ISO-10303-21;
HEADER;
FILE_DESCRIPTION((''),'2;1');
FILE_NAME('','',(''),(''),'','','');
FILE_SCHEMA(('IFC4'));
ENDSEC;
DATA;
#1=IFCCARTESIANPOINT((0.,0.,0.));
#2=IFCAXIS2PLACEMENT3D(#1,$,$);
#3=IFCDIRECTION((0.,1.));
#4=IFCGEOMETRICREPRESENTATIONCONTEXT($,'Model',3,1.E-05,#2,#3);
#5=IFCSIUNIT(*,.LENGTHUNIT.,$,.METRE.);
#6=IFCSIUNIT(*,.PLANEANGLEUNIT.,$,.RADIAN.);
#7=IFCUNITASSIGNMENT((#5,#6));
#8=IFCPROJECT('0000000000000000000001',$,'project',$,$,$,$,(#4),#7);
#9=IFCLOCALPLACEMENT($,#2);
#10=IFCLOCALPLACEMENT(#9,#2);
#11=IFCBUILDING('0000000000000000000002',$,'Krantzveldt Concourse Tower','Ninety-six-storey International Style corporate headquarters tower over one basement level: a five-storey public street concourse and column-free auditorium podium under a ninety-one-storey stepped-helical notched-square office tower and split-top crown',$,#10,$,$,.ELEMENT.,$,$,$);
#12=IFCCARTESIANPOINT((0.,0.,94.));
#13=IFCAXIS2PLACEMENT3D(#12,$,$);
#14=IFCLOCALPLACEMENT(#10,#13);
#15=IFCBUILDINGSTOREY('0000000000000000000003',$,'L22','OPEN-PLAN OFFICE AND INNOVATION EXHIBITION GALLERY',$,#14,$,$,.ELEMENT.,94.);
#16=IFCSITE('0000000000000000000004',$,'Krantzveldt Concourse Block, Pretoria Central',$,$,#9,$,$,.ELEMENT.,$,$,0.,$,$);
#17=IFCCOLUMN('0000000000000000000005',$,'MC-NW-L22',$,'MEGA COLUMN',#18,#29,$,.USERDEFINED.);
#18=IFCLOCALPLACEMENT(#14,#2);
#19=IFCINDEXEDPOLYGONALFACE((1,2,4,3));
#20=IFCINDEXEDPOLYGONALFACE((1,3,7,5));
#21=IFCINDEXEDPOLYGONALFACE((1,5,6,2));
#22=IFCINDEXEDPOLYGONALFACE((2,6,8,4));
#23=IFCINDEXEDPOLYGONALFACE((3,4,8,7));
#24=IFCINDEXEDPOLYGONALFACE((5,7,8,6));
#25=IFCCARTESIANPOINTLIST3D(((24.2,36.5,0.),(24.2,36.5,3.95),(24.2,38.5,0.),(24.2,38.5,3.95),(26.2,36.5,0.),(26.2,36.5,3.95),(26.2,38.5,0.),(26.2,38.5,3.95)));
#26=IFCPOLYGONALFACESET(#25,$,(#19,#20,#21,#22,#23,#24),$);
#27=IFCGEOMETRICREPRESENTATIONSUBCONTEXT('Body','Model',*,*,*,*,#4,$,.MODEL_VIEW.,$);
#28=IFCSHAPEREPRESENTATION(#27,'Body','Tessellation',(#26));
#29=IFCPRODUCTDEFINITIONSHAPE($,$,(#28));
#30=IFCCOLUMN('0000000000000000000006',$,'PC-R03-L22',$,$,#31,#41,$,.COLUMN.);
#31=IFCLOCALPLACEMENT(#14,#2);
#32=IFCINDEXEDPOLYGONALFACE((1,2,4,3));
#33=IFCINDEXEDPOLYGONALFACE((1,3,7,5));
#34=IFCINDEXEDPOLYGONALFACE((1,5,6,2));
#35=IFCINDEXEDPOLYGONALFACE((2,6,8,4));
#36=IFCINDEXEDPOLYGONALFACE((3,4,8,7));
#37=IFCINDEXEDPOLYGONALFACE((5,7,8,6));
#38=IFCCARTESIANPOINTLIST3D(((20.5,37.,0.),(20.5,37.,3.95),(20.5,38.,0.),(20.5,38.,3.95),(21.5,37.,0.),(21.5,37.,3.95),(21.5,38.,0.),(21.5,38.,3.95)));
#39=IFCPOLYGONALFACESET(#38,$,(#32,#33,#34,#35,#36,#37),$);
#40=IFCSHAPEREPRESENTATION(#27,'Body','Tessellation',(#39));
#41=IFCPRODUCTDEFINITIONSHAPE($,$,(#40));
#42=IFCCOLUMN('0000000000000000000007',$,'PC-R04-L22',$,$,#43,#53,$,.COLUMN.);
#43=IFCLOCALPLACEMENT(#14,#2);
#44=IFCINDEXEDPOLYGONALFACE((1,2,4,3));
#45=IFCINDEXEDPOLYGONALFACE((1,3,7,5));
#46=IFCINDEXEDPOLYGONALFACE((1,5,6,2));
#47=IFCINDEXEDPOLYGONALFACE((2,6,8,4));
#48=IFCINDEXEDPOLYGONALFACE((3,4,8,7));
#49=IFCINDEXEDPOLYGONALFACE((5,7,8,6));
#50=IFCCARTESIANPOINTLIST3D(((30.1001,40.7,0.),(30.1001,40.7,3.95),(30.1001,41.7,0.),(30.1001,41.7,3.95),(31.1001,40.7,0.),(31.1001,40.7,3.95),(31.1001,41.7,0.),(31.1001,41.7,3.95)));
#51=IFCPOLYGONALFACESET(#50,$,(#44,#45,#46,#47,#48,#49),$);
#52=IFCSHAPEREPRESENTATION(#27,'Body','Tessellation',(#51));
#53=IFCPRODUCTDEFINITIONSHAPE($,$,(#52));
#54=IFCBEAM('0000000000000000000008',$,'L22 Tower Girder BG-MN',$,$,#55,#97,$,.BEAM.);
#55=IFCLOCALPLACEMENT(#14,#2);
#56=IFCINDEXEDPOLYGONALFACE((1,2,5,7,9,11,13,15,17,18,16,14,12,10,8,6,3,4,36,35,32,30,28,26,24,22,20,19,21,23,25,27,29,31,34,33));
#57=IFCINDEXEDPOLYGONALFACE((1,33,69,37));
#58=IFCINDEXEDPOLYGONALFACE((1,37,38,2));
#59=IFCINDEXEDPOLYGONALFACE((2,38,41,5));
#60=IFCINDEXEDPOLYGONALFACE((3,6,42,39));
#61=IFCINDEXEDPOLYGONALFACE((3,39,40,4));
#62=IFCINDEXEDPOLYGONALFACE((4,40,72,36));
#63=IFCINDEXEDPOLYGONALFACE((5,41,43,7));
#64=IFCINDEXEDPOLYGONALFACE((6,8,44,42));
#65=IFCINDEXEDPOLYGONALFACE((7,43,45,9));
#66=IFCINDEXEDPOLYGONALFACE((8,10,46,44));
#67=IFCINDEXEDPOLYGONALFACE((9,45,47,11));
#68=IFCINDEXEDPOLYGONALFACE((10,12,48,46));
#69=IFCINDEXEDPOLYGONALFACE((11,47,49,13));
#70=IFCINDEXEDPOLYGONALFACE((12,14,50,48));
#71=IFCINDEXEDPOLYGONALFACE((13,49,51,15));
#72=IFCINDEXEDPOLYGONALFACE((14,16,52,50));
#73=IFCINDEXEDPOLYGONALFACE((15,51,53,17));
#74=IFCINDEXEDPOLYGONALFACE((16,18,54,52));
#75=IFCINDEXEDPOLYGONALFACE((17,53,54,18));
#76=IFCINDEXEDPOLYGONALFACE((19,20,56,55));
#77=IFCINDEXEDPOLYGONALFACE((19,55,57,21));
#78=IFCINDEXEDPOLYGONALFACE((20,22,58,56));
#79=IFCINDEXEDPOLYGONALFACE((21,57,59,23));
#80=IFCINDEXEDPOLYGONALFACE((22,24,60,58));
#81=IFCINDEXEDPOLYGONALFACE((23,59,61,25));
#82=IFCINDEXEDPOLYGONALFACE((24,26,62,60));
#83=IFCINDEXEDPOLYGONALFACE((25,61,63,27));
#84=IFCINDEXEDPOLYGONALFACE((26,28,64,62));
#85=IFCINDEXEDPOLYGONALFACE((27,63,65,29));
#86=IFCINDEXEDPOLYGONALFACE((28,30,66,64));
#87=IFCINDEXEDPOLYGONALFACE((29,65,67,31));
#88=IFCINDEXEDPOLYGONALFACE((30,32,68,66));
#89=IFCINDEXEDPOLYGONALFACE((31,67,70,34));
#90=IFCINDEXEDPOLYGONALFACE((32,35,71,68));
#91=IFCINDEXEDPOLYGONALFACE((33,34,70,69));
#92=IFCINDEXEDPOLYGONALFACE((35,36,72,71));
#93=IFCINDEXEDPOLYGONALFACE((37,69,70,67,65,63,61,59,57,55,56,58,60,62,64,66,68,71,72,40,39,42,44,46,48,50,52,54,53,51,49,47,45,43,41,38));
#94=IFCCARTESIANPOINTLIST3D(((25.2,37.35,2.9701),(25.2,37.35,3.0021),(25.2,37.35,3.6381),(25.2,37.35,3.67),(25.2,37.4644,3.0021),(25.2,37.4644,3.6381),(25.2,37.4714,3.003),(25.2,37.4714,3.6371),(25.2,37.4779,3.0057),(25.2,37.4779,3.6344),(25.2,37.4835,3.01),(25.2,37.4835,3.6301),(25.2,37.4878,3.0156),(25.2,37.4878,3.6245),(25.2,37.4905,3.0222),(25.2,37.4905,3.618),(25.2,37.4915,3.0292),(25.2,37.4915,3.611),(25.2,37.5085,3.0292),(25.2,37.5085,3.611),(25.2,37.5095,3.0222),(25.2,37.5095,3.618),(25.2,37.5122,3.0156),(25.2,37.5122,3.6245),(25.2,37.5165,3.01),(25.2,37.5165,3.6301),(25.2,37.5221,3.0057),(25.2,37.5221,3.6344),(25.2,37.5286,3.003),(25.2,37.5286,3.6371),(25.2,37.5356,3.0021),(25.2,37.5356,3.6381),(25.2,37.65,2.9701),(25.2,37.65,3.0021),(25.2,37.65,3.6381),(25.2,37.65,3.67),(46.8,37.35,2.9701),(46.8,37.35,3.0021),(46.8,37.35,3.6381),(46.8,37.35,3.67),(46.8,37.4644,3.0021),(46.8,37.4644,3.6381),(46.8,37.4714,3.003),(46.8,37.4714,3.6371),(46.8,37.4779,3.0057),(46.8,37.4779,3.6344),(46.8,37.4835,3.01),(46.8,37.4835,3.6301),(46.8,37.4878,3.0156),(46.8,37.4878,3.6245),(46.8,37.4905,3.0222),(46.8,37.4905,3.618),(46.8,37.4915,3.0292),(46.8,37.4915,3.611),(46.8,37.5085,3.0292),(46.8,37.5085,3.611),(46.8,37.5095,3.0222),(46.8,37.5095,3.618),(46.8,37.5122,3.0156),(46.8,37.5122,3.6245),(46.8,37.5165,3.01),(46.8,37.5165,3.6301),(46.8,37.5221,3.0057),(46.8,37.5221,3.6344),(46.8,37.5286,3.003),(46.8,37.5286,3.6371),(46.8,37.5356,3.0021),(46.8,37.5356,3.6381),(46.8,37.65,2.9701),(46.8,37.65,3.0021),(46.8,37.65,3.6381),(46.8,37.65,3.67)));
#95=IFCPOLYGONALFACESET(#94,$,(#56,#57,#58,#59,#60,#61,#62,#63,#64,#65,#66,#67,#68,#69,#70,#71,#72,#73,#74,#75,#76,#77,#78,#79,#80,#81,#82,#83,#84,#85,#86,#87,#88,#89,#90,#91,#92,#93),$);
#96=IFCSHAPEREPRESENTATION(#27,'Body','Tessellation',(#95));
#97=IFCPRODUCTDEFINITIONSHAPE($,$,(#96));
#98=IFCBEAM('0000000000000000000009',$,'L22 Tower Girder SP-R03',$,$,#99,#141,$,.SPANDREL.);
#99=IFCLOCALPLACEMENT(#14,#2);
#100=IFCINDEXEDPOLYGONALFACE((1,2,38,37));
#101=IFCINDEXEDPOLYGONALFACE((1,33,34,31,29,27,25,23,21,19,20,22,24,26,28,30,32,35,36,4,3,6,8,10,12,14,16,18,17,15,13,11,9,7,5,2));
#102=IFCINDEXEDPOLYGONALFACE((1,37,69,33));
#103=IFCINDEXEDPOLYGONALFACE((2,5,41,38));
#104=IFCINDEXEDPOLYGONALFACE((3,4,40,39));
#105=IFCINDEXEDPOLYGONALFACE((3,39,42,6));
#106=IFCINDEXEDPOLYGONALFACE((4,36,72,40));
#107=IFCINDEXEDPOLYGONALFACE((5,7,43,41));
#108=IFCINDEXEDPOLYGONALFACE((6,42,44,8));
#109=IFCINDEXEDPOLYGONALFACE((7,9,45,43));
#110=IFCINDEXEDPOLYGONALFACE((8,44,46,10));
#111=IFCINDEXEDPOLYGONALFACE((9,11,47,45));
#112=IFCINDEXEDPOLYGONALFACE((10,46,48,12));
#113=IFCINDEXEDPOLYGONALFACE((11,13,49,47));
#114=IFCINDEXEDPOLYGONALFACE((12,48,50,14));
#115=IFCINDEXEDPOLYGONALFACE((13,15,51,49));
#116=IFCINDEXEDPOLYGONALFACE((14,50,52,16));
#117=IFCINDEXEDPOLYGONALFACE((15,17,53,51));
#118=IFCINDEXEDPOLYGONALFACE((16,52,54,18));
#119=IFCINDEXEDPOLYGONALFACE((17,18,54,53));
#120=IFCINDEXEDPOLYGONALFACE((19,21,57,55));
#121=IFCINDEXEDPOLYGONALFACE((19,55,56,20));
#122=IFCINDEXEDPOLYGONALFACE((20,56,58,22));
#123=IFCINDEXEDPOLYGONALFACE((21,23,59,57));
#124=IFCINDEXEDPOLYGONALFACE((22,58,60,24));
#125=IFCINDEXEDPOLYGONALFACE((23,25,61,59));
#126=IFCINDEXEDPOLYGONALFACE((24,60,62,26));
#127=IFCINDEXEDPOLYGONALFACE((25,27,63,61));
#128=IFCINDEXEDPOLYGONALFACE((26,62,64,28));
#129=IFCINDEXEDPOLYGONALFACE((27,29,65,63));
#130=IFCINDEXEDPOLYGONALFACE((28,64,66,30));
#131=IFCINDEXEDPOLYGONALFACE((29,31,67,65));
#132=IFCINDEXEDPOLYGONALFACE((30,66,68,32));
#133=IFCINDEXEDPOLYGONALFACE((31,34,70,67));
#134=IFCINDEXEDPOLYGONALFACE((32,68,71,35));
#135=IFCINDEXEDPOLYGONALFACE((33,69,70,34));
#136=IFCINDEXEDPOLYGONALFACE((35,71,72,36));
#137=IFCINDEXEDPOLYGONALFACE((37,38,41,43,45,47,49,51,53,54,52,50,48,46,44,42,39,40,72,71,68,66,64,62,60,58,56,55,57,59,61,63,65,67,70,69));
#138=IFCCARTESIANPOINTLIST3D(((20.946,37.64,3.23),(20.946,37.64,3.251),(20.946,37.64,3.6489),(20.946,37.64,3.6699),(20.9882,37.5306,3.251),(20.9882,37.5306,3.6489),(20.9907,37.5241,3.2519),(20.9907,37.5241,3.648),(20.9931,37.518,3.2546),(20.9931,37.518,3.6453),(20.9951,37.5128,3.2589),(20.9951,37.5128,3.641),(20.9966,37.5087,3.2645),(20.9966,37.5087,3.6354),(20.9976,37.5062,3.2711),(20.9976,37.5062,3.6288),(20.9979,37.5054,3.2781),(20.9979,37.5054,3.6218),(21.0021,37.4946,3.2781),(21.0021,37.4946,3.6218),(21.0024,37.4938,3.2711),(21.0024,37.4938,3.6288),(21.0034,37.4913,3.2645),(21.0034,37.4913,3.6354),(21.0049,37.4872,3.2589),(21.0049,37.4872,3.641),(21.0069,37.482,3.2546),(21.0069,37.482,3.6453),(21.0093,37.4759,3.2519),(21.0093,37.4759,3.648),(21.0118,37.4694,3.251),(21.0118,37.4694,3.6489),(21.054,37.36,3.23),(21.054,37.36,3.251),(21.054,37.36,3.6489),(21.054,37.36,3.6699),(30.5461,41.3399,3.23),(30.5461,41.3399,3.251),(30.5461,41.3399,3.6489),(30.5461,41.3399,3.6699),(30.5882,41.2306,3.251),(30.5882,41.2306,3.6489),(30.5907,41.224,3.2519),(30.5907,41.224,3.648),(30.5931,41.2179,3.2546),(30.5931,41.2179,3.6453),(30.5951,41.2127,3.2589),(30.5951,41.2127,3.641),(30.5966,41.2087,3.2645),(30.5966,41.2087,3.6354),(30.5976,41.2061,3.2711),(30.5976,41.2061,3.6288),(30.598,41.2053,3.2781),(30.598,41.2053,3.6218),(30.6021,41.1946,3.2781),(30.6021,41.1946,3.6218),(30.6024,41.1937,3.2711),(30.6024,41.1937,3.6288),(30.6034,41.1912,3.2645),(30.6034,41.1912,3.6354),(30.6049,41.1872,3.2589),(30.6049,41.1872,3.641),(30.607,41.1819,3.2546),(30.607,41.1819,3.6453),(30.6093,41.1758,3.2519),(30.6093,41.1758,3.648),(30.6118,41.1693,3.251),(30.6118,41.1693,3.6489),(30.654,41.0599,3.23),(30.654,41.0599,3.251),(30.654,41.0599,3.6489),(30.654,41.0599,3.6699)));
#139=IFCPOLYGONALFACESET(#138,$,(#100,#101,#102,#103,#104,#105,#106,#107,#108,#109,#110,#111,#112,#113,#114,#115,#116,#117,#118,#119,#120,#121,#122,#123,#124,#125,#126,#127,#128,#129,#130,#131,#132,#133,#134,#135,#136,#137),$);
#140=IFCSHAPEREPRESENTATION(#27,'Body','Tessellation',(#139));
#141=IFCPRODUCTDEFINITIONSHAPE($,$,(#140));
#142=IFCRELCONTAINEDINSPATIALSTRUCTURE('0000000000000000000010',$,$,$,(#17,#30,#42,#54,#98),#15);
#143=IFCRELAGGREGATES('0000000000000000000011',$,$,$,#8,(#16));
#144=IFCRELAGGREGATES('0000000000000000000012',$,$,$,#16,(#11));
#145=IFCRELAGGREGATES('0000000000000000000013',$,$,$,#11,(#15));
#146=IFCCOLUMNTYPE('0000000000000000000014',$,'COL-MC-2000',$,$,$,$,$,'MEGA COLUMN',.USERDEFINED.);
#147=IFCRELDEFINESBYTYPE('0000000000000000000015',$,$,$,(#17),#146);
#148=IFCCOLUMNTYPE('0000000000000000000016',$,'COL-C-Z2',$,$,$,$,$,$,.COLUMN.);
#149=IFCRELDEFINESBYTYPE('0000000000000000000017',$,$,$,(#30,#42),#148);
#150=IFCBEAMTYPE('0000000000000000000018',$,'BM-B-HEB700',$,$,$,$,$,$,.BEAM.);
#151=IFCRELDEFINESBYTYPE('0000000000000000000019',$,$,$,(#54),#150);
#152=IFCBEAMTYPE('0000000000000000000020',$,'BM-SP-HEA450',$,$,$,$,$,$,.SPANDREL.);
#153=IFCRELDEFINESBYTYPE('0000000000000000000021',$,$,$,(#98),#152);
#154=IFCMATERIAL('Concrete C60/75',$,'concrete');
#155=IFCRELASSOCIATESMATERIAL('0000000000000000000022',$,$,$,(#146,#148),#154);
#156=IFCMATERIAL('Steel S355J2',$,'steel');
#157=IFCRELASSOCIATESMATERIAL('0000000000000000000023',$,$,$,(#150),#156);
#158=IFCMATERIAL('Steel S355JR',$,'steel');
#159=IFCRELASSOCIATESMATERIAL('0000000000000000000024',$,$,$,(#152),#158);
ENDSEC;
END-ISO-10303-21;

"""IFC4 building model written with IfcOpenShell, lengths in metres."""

from ifc_helpers import new_model, si_unit, direction, frame, origin, origin_2d, place, context, subcontext, project, spatial, rectangle, i_section, extrude, source, transform, mapped, material, material_profile, profile_set, type_object, type_shapes, element, save


model = new_model("IFC4")

# Units and contexts
model_context = context("Model", 3, precision=1e-05, world=origin(), true_north=direction((0.0, 1.0)))
body_context = subcontext(model_context, "Body", "Model", "MODEL_VIEW")
ifc_project = project(units=[si_unit("LENGTHUNIT", "METRE"), si_unit("PLANEANGLEUNIT", "RADIAN")], contexts=[model_context])

# Site, building, storey
site_placement = place(None, origin())
site = spatial("IfcSite", under=ifc_project, at=site_placement, Name="Krantzveldt Concourse Block, Pretoria Central", CompositionType="ELEMENT", RefElevation=0.0)
building_placement = place(site_placement, origin())
building = spatial("IfcBuilding", under=site, at=building_placement, Name="Krantzveldt Concourse Tower", Description="Ninety-six-storey International Style corporate headquarters tower over one basement level: a five-storey public street concourse and column-free auditorium podium under a ninety-one-storey stepped-helical notched-square office tower and split-top crown", CompositionType="ELEMENT")
storey_placement = place(building_placement, frame((0.0, 0.0, 94.0)))
storey = spatial("IfcBuildingStorey", under=building, at=storey_placement, Name="L22", Description="OPEN-PLAN OFFICE AND INNOVATION EXHIBITION GALLERY", CompositionType="ELEMENT", Elevation=94.0)

# Columns
ifc_material_1 = material(Name="Concrete C60/75", Category="concrete")
ifc_material_profile_1 = material_profile(ifc_material_1, rectangle(XDim=2.0, YDim=2.0, at=origin_2d()), Name="Concrete C60/75", Category="concrete")
ifc_profile_set_1 = profile_set([ifc_material_profile_1], Name="Concrete C60/75 - RC 2000x2000")
column_type_1 = type_object("IfcColumnType", Name="COL-MC-2000", ElementType="MEGA COLUMN", PredefinedType="USERDEFINED", material=ifc_profile_set_1)
shared_shape_1 = source(origin(), body_context, "Body", "SweptSolid", [
    extrude(rectangle(XDim=2.0, YDim=2.0, at=origin_2d()), origin(), (0.0, 0.0, 1.0), 3.95),
])
type_shapes(column_type_1, [shared_shape_1])
column_placement = place(storey_placement, frame((25.2, 37.5, 0.0), z_axis=(0.0, 0.0, 1.0), x_axis=(1.0, 0.0, 0.0)))
element("IfcColumn", 1, at=column_placement, inside=storey, type_object=column_type_1, Name="MC-NW-L22", ObjectType="MEGA COLUMN", PredefinedType="USERDEFINED", context=body_context, shape_type="MappedRepresentation", body=[
    mapped(shared_shape_1, transform((0.0, 0.0, 0.0), x_axis=(1.0, 0.0, 0.0), y_axis=(0.0, 1.0, 0.0), z_axis=(0.0, 0.0, 1.0), scale=1.0)),
])
ifc_material_profile_2 = material_profile(ifc_material_1, rectangle(XDim=1.0, YDim=1.0, at=origin_2d()), Name="Concrete C60/75", Category="concrete")
ifc_profile_set_2 = profile_set([ifc_material_profile_2], Name="Concrete C60/75 - RC 1000x1000")
column_type_2 = type_object("IfcColumnType", Name="COL-C-Z2", PredefinedType="COLUMN", material=ifc_profile_set_2)
shared_shape_2 = source(origin(), body_context, "Body", "SweptSolid", [
    extrude(rectangle(XDim=1.0, YDim=1.0, at=origin_2d()), origin(), (0.0, 0.0, 1.0), 3.95),
])
type_shapes(column_type_2, [shared_shape_2])
for number, where, z_axis, x_axis, name in (
    (2, (21.0, 37.5, 0.0), (0.0, 0.0, 1.0), (1.0, 0.0, 0.0), "PC-R03-L22"),
    (3, (30.6001, 41.2, 0.0), (0.0, 0.0, 1.0), (1.0, 0.0, 0.0), "PC-R04-L22"),
):
    element("IfcColumn", number, at=place(storey_placement, frame(where, z_axis=z_axis, x_axis=x_axis)), inside=storey, type_object=column_type_2, Name=name, PredefinedType="COLUMN", context=body_context, shape_type="MappedRepresentation", body=[
        mapped(shared_shape_2, transform((0.0, 0.0, 0.0), x_axis=(1.0, 0.0, 0.0), y_axis=(0.0, 1.0, 0.0), z_axis=(0.0, 0.0, 1.0), scale=1.0)),
    ])

# Beams
ifc_material_2 = material(Name="Steel S355J2", Category="steel")
ifc_material_profile_3 = material_profile(ifc_material_2, i_section(OverallWidth=0.3, OverallDepth=0.7, WebThickness=0.0171, FlangeThickness=0.032, FilletRadius=0.0271, at=origin_2d()), Name="Steel S355J2", Category="steel")
ifc_profile_set_3 = profile_set([ifc_material_profile_3], Name="Steel S355J2 - HEB 700")
beam_type_1 = type_object("IfcBeamType", Name="BM-B-HEB700", PredefinedType="BEAM", material=ifc_profile_set_3)
shared_shape_3 = source(origin(), body_context, "Body", "SweptSolid", [
    extrude(i_section(OverallWidth=0.3, OverallDepth=0.7, WebThickness=0.0171, FlangeThickness=0.032, FilletRadius=0.0271, at=origin_2d()), origin(), (0.0, 0.0, 1.0), 21.6001),
])
type_shapes(beam_type_1, [shared_shape_3])
beam_1_placement = place(storey_placement, frame((25.2, 37.5, 3.3201), z_axis=(1.0, 0.0, 0.0), x_axis=(0.0, 1.0, 0.0)))
element("IfcBeam", 4, at=beam_1_placement, inside=storey, type_object=beam_type_1, Name="L22 Tower Girder BG-MN", PredefinedType="BEAM", context=body_context, shape_type="MappedRepresentation", body=[
    mapped(shared_shape_3, transform((0.0, 0.0, 0.0), x_axis=(1.0, 0.0, 0.0), y_axis=(0.0, 1.0, 0.0), z_axis=(0.0, 0.0, 1.0), scale=1.0)),
])
ifc_material_3 = material(Name="Steel S355JR", Category="steel")
ifc_material_profile_4 = material_profile(ifc_material_3, i_section(OverallWidth=0.3, OverallDepth=0.4399, WebThickness=0.0115, FlangeThickness=0.021, FilletRadius=0.0271, at=origin_2d()), Name="Steel S355JR", Category="steel")
ifc_profile_set_4 = profile_set([ifc_material_profile_4], Name="Steel S355JR - HEA 450")
beam_type_2 = type_object("IfcBeamType", Name="BM-SP-HEA450", PredefinedType="SPANDREL", material=ifc_profile_set_4)
shared_shape_4 = source(origin(), body_context, "Body", "SweptSolid", [
    extrude(i_section(OverallWidth=0.3, OverallDepth=0.4399, WebThickness=0.0115, FlangeThickness=0.021, FilletRadius=0.0271, at=origin_2d()), origin(), (0.0, 0.0, 1.0), 10.2883),
])
beam_2_placement = place(storey_placement, frame((21.0, 37.5, 3.45), z_axis=(0.933098, 0.359623, 0.0), x_axis=(-0.359623, 0.933098, 0.0)))
element("IfcBeam", 5, at=beam_2_placement, inside=storey, type_object=beam_type_2, Name="L22 Tower Girder SP-R03", PredefinedType="SPANDREL", context=body_context, shape_type="MappedRepresentation", body=[
    mapped(shared_shape_4, transform((0.0, 0.0, 0.0), x_axis=(1.0, 0.0, 0.0), y_axis=(0.0, 1.0, 0.0), z_axis=(0.0, 0.0, 1.0), scale=1.0)),
])

save(model, "model.ifc")
